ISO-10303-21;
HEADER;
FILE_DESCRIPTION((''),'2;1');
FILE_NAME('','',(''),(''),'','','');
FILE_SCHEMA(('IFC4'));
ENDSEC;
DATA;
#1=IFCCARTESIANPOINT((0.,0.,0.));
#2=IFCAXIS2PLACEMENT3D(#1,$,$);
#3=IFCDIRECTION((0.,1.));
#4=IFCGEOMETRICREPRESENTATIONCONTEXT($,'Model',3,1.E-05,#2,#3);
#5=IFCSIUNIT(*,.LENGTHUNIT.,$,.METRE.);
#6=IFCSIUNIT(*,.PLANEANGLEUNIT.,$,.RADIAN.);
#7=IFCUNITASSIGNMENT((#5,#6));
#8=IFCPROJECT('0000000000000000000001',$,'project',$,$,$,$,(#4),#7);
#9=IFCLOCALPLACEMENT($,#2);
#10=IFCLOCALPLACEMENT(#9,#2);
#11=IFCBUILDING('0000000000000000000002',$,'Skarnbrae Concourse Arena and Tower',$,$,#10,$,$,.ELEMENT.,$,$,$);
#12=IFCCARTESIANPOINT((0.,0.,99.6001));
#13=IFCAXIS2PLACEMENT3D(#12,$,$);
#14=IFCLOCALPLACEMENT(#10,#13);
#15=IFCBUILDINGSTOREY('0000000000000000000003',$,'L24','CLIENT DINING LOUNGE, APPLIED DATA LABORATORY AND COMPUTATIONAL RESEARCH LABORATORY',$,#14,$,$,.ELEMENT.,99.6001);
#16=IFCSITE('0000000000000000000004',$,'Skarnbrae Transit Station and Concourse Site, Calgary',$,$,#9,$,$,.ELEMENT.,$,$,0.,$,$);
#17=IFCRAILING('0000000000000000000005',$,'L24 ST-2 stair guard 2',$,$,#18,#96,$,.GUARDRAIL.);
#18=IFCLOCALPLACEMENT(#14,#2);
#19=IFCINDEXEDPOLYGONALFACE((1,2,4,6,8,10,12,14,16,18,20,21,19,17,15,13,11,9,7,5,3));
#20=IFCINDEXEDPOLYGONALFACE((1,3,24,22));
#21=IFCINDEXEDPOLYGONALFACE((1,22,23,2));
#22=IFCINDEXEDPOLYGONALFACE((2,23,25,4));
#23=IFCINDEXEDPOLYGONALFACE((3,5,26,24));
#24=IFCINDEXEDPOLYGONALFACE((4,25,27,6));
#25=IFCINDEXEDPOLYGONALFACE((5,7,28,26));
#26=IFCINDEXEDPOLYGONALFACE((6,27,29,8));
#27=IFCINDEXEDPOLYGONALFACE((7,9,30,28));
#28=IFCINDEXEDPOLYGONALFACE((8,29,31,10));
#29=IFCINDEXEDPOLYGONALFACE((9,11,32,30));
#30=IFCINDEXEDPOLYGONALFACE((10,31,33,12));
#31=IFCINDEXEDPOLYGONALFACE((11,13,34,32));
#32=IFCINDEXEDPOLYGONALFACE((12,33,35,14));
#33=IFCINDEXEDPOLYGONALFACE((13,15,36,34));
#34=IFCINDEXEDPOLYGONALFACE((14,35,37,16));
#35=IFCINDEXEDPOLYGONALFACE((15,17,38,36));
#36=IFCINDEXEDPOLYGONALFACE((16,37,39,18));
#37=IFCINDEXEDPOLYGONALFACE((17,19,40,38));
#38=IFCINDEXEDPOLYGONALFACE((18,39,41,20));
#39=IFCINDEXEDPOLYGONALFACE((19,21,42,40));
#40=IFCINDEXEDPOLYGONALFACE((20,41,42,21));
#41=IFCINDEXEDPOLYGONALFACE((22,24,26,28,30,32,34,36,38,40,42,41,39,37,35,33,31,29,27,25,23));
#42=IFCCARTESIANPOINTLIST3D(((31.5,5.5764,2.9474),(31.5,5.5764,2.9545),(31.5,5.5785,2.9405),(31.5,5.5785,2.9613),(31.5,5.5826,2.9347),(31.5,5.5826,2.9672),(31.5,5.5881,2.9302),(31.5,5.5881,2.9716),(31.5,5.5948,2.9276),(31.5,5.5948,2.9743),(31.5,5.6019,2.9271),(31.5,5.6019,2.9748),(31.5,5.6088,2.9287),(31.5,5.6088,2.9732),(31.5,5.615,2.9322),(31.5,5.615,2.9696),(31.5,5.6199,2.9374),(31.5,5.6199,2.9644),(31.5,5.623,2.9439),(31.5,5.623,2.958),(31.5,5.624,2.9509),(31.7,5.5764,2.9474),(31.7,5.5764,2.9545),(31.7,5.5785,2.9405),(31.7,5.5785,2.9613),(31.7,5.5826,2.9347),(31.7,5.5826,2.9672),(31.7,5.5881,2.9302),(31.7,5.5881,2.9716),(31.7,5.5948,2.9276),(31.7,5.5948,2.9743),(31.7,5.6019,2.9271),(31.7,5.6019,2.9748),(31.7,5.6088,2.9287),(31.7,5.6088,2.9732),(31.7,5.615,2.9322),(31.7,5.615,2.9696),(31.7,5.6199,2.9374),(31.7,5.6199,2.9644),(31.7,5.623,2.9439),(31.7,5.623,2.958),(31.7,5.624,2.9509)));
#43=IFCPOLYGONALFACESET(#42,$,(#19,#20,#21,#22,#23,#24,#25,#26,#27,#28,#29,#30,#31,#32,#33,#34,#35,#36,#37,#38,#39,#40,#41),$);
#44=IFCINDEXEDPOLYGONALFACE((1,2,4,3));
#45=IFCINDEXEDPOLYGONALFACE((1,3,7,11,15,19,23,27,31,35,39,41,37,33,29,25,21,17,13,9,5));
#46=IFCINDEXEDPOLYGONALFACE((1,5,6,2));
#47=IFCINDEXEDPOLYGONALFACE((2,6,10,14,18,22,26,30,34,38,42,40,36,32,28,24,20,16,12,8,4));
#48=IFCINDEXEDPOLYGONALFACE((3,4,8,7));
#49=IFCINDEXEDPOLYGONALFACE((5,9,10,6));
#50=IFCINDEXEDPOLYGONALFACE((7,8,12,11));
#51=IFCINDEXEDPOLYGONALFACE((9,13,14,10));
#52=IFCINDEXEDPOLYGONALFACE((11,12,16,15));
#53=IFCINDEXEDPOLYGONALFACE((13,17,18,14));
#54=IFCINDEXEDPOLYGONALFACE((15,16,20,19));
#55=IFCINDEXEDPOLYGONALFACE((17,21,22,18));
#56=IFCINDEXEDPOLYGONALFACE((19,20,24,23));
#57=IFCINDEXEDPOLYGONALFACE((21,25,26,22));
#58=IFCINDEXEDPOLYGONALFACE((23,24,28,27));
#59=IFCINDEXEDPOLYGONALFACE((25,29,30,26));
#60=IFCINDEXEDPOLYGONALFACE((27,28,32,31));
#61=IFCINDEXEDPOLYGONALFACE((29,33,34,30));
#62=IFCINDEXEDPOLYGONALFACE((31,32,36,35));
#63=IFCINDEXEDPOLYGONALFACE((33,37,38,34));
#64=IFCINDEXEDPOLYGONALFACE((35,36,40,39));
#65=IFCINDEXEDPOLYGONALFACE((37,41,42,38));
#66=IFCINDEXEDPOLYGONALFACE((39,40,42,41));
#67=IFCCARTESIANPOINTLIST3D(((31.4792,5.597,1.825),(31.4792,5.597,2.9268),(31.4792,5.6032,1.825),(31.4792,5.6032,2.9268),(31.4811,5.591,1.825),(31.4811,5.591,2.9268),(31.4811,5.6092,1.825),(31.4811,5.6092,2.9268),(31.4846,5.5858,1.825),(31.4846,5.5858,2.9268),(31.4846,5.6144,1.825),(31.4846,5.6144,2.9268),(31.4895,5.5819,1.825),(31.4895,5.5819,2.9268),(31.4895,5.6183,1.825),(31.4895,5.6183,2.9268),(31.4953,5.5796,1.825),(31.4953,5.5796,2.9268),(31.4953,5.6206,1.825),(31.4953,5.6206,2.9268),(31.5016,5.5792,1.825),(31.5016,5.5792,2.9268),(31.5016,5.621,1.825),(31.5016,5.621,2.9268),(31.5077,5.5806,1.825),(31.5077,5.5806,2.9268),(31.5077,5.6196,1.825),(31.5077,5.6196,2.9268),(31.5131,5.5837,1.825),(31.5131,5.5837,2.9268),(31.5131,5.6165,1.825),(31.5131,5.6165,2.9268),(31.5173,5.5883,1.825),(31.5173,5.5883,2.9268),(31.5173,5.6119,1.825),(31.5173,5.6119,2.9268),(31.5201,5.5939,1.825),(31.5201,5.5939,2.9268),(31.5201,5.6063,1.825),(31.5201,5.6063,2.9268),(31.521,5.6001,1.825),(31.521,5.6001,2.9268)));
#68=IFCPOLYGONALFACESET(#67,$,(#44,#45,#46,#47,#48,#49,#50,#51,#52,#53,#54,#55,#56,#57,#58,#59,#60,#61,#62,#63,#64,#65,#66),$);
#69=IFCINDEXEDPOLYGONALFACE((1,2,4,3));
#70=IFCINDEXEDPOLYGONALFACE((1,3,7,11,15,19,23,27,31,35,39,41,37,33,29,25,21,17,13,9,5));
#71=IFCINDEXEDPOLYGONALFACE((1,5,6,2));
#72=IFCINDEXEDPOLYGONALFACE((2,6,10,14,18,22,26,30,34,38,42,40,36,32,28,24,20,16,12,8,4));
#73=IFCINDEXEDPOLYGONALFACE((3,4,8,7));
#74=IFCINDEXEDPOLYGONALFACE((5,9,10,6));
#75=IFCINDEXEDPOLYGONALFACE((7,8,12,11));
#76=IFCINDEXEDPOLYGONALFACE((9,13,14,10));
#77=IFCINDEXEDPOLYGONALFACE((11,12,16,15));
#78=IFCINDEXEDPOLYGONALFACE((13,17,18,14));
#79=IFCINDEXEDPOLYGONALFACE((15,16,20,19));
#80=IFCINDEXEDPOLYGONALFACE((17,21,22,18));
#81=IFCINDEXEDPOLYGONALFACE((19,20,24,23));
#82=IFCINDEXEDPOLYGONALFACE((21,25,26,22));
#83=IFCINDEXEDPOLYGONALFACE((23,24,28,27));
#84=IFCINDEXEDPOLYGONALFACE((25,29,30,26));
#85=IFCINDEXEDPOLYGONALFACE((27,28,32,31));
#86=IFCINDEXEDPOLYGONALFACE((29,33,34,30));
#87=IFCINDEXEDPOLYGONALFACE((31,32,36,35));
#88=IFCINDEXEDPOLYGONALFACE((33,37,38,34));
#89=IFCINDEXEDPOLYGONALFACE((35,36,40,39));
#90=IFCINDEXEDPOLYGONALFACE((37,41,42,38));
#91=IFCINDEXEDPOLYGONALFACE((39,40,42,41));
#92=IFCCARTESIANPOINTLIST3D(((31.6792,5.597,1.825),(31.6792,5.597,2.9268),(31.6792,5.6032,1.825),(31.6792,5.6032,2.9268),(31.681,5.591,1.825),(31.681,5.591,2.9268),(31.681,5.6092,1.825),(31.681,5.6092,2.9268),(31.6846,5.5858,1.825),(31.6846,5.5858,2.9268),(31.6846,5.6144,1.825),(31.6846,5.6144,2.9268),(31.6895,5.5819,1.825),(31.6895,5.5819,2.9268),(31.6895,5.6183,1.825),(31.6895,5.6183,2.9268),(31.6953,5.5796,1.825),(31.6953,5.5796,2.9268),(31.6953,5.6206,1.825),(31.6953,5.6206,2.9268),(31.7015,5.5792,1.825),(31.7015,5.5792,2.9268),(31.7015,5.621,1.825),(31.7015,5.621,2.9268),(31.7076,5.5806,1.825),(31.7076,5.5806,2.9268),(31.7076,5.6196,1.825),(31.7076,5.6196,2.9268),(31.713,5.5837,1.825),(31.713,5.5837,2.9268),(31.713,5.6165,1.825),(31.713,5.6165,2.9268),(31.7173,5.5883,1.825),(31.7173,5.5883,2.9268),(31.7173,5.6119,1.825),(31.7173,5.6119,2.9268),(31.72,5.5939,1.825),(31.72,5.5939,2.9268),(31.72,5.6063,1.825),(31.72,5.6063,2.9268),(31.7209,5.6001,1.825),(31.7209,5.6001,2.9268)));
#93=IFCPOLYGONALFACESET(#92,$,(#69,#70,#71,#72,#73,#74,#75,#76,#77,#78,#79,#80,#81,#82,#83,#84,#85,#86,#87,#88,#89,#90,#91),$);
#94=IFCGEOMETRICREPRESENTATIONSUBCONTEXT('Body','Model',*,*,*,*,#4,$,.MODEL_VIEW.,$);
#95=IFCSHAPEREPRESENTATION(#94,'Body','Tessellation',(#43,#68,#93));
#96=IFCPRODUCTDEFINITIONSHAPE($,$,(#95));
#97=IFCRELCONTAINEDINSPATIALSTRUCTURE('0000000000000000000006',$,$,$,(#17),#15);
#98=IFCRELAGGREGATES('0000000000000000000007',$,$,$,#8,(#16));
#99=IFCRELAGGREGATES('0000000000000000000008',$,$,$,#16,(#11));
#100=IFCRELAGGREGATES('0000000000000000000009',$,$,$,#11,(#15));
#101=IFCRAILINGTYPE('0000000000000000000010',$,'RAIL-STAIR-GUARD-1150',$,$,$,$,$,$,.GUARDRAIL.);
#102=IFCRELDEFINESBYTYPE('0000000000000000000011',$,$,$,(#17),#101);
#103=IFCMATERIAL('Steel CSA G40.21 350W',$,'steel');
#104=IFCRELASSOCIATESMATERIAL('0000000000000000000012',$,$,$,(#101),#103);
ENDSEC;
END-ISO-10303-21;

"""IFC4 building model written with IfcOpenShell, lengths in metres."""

from ifc_helpers import new_model, si_unit, direction, frame, origin, origin_2d, place, context, subcontext, project, spatial, circle, extrude, material, type_object, element, save


model = new_model("IFC4")

# Units and contexts
model_context = context("Model", 3, precision=1e-05, world=origin(), true_north=direction((0.0, 1.0)))
body_context = subcontext(model_context, "Body", "Model", "MODEL_VIEW")
ifc_project = project(units=[si_unit("LENGTHUNIT", "METRE"), si_unit("PLANEANGLEUNIT", "RADIAN")], contexts=[model_context])

# Site, building, storey
site_placement = place(None, origin())
site = spatial("IfcSite", under=ifc_project, at=site_placement, Name="Skarnbrae Transit Station and Concourse Site, Calgary", CompositionType="ELEMENT", RefElevation=0.0)
building_placement = place(site_placement, origin())
building = spatial("IfcBuilding", under=site, at=building_placement, Name="Skarnbrae Concourse Arena and Tower", CompositionType="ELEMENT")
storey_placement = place(building_placement, frame((0.0, 0.0, 99.6001)))
storey = spatial("IfcBuildingStorey", under=building, at=storey_placement, Name="L24", Description="CLIENT DINING LOUNGE, APPLIED DATA LABORATORY AND COMPUTATIONAL RESEARCH LABORATORY", CompositionType="ELEMENT", Elevation=99.6001)

# Shared definitions
ifc_material_1 = material(Name="Steel CSA G40.21 350W", Category="steel")

# Railing
railing_type_1 = type_object("IfcRailingType", Name="RAIL-STAIR-GUARD-1150", PredefinedType="GUARDRAIL", material=ifc_material_1)
railing_1_placement = place(storey_placement, frame((31.5, 5.6001, 1.825)))
element("IfcRailing", 1, at=railing_1_placement, inside=storey, type_object=railing_type_1, Name="L24 ST-2 stair guard 2", PredefinedType="GUARDRAIL", context=body_context, shape_type="SweptSolid", body=[
    extrude(circle(Radius=0.0239, at=origin_2d()), frame((0.0, 0.0, 1.126), z_axis=(1.0, 0.0, 0.0), x_axis=(0.0, 1.0, 0.0)), (0.0, 0.0, 1.0), 0.2),
    extrude(circle(Radius=0.021, at=origin_2d()), origin(), (0.0, 0.0, 1.0), 1.1018),
    extrude(circle(Radius=0.021, at=origin_2d()), frame((0.2, 0.0, 0.0)), (0.0, 0.0, 1.0), 1.1018),
])

save(model, "model.ifc")
